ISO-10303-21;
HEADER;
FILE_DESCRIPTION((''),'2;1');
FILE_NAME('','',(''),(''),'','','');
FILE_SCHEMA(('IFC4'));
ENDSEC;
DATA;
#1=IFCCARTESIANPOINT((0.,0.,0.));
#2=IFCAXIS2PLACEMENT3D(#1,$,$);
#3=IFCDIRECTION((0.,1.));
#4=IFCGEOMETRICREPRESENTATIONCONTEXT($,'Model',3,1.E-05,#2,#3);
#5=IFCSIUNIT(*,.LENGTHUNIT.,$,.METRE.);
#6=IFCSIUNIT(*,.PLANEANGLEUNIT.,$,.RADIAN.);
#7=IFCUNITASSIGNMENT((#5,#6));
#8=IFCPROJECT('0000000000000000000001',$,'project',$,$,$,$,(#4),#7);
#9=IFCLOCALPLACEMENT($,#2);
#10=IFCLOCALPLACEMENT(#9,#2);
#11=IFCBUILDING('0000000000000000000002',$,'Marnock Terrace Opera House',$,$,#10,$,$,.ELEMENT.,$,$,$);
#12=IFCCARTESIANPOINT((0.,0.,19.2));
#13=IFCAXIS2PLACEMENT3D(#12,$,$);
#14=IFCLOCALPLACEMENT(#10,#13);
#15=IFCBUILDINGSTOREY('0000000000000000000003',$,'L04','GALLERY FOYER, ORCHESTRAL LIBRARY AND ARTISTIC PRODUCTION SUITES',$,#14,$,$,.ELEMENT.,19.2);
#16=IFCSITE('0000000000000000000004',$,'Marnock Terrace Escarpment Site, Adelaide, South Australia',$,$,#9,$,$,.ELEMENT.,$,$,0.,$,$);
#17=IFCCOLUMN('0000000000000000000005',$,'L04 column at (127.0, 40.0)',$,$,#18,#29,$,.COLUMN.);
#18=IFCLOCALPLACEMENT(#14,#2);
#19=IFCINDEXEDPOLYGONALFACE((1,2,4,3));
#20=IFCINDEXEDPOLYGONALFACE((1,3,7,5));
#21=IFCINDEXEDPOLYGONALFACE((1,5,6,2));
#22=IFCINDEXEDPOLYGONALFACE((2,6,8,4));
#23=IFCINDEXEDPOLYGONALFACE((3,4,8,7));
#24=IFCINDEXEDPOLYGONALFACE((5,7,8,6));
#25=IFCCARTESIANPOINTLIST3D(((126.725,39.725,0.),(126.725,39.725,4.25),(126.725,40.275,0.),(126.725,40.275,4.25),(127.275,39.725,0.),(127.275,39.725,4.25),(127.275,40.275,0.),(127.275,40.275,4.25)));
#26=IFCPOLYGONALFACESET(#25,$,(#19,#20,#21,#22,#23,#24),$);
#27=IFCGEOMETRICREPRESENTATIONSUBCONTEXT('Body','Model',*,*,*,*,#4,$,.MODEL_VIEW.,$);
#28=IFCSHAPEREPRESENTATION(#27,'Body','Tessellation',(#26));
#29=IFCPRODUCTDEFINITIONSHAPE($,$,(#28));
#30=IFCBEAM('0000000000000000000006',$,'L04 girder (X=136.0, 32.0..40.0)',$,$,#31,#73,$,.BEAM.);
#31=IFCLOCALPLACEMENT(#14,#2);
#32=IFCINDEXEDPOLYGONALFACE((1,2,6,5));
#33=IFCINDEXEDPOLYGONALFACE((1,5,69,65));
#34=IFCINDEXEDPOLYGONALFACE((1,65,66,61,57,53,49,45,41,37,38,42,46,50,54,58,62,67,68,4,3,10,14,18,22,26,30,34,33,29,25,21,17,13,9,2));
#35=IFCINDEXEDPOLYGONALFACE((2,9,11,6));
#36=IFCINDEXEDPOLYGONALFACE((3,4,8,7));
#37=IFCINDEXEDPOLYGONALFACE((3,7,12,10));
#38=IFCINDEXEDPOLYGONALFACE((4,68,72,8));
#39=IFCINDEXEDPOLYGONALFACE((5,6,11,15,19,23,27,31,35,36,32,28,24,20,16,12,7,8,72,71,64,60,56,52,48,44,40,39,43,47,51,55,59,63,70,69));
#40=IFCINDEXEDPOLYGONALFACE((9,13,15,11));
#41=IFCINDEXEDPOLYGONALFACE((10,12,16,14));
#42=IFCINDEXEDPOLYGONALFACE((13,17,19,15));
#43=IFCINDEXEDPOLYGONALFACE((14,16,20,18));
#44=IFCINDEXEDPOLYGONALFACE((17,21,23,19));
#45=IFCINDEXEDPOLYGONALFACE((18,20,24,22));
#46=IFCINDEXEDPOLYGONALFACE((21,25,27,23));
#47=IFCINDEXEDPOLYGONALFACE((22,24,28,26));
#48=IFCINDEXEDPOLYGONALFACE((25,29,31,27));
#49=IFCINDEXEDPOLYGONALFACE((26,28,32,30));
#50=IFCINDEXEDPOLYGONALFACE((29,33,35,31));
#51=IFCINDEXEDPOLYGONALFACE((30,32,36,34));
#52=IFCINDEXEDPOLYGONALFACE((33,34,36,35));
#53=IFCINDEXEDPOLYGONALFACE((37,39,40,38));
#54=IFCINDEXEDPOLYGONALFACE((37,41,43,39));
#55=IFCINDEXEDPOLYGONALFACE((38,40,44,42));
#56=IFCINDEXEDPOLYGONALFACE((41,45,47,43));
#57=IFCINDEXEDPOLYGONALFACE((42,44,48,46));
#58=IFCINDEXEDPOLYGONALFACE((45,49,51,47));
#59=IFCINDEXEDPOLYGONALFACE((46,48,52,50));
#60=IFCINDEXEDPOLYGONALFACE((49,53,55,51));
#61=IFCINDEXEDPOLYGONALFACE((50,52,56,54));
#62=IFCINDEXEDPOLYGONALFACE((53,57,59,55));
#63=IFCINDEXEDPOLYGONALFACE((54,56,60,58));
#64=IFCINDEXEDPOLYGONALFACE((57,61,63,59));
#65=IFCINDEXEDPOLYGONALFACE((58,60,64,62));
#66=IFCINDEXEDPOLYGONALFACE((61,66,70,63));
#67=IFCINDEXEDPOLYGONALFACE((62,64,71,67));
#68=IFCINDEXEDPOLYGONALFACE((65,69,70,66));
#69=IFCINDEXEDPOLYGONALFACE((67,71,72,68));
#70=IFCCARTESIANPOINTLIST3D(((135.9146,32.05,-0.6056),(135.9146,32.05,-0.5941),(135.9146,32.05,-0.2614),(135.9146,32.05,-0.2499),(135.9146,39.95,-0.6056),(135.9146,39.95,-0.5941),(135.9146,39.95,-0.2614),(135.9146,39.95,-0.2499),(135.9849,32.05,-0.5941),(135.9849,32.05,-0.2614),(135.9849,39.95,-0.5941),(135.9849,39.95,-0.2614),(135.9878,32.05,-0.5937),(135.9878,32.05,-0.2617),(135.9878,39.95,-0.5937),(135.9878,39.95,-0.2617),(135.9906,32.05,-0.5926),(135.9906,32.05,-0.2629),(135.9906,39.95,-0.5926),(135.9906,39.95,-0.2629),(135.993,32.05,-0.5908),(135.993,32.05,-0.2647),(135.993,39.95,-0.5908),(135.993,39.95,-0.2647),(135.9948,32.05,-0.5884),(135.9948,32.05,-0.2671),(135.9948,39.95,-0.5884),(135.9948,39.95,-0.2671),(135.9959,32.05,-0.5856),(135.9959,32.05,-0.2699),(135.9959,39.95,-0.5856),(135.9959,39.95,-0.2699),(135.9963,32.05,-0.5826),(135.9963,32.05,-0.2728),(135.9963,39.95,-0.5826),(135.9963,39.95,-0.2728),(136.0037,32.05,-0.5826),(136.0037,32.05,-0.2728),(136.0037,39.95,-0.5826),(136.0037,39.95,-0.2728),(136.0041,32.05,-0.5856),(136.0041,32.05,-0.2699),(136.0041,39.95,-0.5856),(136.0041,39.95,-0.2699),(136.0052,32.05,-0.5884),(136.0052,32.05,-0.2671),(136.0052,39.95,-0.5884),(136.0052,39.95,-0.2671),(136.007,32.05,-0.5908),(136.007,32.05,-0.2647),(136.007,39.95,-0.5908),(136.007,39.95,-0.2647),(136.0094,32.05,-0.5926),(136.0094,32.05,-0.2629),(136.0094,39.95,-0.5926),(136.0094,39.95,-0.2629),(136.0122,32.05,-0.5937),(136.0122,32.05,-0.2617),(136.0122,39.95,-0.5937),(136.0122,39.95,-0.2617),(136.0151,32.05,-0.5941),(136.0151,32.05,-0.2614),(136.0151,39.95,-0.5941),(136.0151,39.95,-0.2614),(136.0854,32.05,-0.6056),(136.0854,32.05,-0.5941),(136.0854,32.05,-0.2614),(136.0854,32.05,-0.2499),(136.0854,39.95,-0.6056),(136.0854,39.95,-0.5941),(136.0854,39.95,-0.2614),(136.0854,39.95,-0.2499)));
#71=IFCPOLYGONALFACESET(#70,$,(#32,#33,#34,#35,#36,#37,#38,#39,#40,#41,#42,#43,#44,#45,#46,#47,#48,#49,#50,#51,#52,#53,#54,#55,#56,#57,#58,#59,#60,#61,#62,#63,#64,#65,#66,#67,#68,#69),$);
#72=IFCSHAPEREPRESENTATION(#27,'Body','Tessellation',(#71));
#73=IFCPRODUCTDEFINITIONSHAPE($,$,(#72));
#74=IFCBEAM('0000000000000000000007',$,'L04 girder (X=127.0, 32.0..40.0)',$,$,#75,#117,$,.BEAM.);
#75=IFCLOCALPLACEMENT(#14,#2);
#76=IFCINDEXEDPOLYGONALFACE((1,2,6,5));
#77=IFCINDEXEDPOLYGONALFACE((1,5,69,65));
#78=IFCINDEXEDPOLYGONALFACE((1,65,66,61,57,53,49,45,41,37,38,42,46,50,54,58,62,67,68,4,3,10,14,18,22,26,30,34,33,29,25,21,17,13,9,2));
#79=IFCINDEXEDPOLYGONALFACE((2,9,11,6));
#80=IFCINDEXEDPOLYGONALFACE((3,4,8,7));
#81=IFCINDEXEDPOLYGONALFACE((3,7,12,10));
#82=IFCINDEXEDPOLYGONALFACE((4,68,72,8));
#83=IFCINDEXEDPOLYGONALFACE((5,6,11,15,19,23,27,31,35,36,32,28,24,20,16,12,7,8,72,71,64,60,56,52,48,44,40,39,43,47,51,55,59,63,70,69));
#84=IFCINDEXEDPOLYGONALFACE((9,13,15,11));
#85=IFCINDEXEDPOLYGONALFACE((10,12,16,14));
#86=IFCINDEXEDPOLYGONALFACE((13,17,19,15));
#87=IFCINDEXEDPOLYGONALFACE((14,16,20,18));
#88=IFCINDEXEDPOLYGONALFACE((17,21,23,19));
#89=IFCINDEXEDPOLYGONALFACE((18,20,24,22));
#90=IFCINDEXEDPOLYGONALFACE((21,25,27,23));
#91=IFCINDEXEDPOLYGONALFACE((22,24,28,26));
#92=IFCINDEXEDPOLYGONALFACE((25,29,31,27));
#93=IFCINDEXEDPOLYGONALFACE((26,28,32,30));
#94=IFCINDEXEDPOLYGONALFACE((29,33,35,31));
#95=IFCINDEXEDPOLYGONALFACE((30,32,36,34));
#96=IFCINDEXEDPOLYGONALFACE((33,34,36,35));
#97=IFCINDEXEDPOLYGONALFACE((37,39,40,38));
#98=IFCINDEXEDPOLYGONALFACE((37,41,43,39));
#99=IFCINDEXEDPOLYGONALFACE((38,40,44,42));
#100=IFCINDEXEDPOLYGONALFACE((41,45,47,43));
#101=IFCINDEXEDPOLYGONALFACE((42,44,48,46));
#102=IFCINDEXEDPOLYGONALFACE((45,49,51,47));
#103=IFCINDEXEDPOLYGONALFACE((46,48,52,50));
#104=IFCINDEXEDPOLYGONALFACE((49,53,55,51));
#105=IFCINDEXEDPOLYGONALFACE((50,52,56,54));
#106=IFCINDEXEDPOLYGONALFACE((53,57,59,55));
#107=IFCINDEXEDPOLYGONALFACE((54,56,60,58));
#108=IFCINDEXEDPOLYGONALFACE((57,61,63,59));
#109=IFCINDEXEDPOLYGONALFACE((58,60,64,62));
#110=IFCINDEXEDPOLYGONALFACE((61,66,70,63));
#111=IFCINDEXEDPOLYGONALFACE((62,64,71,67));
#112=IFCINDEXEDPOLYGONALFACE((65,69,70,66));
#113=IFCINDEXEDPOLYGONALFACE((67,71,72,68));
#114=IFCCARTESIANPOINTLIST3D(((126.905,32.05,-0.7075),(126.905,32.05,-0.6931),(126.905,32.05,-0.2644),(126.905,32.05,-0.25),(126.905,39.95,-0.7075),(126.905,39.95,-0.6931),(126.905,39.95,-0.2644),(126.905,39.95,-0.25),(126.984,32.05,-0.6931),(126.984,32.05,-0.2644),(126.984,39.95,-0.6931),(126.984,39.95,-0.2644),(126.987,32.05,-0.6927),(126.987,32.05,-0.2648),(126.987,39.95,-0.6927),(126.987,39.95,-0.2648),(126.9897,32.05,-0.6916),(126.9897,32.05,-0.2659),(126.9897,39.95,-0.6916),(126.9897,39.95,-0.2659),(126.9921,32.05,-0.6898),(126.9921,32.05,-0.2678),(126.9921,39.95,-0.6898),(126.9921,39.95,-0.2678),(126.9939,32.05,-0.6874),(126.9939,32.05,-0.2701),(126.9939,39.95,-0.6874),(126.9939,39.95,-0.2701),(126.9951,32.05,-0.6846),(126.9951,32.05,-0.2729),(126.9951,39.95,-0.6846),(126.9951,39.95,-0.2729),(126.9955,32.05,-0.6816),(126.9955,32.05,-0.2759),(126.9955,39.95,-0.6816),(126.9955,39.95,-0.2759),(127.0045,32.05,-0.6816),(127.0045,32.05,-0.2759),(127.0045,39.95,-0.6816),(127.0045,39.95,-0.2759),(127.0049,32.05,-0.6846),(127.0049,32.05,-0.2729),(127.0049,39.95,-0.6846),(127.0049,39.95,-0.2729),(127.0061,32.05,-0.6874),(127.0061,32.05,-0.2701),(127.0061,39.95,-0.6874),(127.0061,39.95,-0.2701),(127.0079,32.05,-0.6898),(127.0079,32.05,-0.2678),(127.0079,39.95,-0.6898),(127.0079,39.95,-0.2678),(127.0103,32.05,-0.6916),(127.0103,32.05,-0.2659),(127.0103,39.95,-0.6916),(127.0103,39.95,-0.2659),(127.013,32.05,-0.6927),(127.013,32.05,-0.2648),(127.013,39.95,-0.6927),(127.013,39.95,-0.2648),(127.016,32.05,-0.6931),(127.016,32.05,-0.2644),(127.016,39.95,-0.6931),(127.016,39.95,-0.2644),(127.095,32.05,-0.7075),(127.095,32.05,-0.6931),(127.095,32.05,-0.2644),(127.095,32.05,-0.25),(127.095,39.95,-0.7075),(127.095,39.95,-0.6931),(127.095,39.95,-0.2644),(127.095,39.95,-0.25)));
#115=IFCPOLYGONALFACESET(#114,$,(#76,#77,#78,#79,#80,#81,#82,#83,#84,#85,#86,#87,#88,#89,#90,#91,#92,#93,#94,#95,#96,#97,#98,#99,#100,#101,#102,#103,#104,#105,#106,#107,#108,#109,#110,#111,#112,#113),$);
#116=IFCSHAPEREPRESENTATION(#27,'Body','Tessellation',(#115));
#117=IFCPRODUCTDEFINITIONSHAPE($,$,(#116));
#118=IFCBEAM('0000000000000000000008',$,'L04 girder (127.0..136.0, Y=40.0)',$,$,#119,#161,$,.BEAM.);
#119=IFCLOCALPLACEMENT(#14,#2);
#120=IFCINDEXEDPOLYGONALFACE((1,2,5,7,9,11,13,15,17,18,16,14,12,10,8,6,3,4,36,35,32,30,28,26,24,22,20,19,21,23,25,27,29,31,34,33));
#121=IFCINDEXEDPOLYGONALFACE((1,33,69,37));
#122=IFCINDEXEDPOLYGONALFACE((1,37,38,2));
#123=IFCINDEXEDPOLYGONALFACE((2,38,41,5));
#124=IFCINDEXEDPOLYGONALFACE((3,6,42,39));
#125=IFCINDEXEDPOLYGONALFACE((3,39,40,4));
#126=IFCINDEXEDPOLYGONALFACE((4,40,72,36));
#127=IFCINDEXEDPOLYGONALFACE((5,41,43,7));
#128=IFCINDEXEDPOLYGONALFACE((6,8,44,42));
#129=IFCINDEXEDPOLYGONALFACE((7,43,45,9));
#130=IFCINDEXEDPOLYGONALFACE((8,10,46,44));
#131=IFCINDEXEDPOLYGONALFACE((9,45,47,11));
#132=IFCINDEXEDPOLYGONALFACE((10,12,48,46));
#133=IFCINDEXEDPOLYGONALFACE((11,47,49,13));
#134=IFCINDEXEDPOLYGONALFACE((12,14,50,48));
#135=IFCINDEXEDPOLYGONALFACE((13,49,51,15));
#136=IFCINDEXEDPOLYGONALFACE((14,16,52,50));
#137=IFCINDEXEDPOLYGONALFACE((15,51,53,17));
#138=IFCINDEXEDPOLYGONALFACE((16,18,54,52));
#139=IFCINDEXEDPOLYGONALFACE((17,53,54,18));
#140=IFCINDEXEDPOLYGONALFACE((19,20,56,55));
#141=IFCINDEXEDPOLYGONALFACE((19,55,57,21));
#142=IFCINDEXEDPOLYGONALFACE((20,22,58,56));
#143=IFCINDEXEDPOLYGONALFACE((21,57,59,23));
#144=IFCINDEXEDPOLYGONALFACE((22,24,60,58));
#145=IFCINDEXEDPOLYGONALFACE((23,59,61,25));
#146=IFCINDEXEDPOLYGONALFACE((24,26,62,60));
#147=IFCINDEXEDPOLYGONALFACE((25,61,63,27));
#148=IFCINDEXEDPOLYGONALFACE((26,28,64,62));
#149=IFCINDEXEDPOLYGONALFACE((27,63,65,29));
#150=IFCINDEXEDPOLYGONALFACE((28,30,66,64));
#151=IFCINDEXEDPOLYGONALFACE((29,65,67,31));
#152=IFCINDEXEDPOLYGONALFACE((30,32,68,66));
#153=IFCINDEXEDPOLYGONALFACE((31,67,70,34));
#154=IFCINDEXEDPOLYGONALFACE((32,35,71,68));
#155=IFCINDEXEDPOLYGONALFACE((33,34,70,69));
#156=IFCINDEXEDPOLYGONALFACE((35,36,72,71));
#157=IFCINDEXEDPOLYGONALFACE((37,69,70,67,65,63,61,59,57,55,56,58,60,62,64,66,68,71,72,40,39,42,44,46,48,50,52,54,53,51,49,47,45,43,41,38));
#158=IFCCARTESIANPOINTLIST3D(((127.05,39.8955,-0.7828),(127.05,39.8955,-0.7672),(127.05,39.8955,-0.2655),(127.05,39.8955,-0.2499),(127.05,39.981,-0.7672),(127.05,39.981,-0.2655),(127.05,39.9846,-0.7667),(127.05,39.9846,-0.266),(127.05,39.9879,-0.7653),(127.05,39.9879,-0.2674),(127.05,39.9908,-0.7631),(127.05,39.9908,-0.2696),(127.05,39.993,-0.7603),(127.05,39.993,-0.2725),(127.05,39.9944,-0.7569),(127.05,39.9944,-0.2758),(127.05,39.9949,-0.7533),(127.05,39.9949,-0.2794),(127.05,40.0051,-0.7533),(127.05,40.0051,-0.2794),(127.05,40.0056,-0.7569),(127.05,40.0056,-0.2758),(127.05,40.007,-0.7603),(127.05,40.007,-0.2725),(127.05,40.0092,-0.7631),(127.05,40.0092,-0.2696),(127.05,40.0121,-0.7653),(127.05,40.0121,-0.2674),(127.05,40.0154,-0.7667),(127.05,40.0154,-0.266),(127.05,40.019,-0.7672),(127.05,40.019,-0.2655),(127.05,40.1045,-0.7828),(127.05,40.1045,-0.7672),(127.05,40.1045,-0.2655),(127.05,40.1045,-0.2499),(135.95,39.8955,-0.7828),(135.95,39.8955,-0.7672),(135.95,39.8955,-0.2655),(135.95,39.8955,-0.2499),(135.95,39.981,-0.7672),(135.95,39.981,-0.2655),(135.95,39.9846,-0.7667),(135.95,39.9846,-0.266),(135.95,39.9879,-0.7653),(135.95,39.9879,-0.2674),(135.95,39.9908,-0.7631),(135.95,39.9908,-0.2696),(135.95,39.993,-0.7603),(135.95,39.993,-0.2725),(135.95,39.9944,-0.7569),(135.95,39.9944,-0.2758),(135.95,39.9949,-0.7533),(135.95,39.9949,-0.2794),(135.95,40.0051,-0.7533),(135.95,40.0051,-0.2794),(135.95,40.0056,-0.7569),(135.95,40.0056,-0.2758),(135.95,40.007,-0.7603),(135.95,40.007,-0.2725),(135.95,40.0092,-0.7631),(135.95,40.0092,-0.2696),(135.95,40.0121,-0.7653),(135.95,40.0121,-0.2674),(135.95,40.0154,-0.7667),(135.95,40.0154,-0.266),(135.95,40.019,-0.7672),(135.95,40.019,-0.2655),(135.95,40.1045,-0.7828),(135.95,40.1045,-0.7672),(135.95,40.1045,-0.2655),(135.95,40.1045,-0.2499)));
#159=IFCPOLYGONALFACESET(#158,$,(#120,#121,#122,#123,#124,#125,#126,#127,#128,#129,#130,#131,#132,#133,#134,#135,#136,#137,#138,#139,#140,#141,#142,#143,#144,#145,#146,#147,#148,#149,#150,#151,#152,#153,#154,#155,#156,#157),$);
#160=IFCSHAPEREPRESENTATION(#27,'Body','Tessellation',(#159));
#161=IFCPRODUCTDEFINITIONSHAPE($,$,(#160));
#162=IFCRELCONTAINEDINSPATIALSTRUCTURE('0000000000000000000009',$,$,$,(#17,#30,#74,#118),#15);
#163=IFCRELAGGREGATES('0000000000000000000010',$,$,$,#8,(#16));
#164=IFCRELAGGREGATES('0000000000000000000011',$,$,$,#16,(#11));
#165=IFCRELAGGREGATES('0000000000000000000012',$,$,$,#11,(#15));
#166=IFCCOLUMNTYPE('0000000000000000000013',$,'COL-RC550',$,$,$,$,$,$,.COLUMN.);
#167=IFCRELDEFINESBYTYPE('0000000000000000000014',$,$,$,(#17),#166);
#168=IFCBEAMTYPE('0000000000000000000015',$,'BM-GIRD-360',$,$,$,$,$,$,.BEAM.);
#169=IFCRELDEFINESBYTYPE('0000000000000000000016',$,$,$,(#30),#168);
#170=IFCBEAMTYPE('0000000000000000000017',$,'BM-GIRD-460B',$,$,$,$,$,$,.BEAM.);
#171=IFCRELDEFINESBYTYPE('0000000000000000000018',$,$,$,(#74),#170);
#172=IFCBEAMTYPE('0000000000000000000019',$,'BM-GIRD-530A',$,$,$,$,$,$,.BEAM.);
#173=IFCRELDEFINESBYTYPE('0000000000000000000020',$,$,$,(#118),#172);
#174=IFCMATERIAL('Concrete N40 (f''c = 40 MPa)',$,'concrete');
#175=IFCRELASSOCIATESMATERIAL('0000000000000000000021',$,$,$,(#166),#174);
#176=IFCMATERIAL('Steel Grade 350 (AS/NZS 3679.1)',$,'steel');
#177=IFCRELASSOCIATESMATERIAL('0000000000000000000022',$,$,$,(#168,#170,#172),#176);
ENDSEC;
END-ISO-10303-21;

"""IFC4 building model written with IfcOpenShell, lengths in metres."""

from ifc_helpers import new_model, si_unit, direction, frame, origin, origin_2d, place, context, subcontext, project, spatial, rectangle, i_section, extrude, material, material_profile, profile_set, type_object, element, save


model = new_model("IFC4")

# Units and contexts
model_context = context("Model", 3, precision=1e-05, world=origin(), true_north=direction((0.0, 1.0)))
body_context = subcontext(model_context, "Body", "Model", "MODEL_VIEW")
ifc_project = project(units=[si_unit("LENGTHUNIT", "METRE"), si_unit("PLANEANGLEUNIT", "RADIAN")], contexts=[model_context])

# Site, building, storey
site_placement = place(None, origin())
site = spatial("IfcSite", under=ifc_project, at=site_placement, Name="Marnock Terrace Escarpment Site, Adelaide, South Australia", CompositionType="ELEMENT", RefElevation=0.0)
building_placement = place(site_placement, origin())
building = spatial("IfcBuilding", under=site, at=building_placement, Name="Marnock Terrace Opera House", CompositionType="ELEMENT")
storey_placement = place(building_placement, frame((0.0, 0.0, 19.2)))
storey = spatial("IfcBuildingStorey", under=building, at=storey_placement, Name="L04", Description="GALLERY FOYER, ORCHESTRAL LIBRARY AND ARTISTIC PRODUCTION SUITES", CompositionType="ELEMENT", Elevation=19.2)

# Column
ifc_material_1 = material(Name="Concrete N40 (f'c = 40 MPa)", Category="concrete")
ifc_material_profile_1 = material_profile(ifc_material_1, rectangle(XDim=0.55, YDim=0.55, at=origin_2d()))
ifc_profile_set_1 = profile_set([ifc_material_profile_1], Name="Concrete N40 (f'c = 40 MPa)")
column_type = type_object("IfcColumnType", Name="COL-RC550", PredefinedType="COLUMN", material=ifc_profile_set_1)
column_placement = place(storey_placement, frame((127.0, 40.0, 0.0), z_axis=(0.0, 0.0, 1.0), x_axis=(1.0, 0.0, 0.0)))
element("IfcColumn", 1, at=column_placement, inside=storey, type_object=column_type, Name="L04 column at (127.0, 40.0)", PredefinedType="COLUMN", context=body_context, shape_type="SweptSolid", body=[
    extrude(rectangle(XDim=0.55, YDim=0.55, at=origin_2d()), origin(), (0.0, 0.0, 1.0), 4.25),
])

# Beams
ifc_material_2 = material(Name="Steel Grade 350 (AS/NZS 3679.1)", Category="steel")
ifc_material_profile_2 = material_profile(ifc_material_2, i_section(OverallWidth=0.1709, OverallDepth=0.3557, WebThickness=0.0073, FlangeThickness=0.0115, FilletRadius=0.0115, at=origin_2d()))
ifc_profile_set_2 = profile_set([ifc_material_profile_2], Name="Steel Grade 350 (AS/NZS 3679.1)")
beam_type_1 = type_object("IfcBeamType", Name="BM-GIRD-360", PredefinedType="BEAM", material=ifc_profile_set_2)
beam_1_placement = place(storey_placement, frame((136.0, 32.05, -0.4277), z_axis=(0.0, 1.0, 0.0), x_axis=(-1.0, 0.0, 0.0)))
element("IfcBeam", 2, at=beam_1_placement, inside=storey, type_object=beam_type_1, Name="L04 girder (X=136.0, 32.0..40.0)", PredefinedType="BEAM", context=body_context, shape_type="SweptSolid", body=[
    extrude(i_section(OverallWidth=0.1709, OverallDepth=0.3557, WebThickness=0.0073, FlangeThickness=0.0115, FilletRadius=0.0115, at=origin_2d()), origin(), (0.0, 0.0, 1.0), 7.8999),
])
ifc_material_profile_3 = material_profile(ifc_material_2, i_section(OverallWidth=0.1899, OverallDepth=0.4575, WebThickness=0.009, FlangeThickness=0.0144, FilletRadius=0.0115, at=origin_2d()))
ifc_profile_set_3 = profile_set([ifc_material_profile_3], Name="Steel Grade 350 (AS/NZS 3679.1)")
beam_type_2 = type_object("IfcBeamType", Name="BM-GIRD-460B", PredefinedType="BEAM", material=ifc_profile_set_3)
beam_2_placement = place(storey_placement, frame((127.0, 32.05, -0.4788), z_axis=(0.0, 1.0, 0.0), x_axis=(-1.0, 0.0, 0.0)))
element("IfcBeam", 3, at=beam_2_placement, inside=storey, type_object=beam_type_2, Name="L04 girder (X=127.0, 32.0..40.0)", PredefinedType="BEAM", context=body_context, shape_type="SweptSolid", body=[
    extrude(i_section(OverallWidth=0.1899, OverallDepth=0.4575, WebThickness=0.009, FlangeThickness=0.0144, FilletRadius=0.0115, at=origin_2d()), origin(), (0.0, 0.0, 1.0), 7.8999),
])
ifc_material_profile_4 = material_profile(ifc_material_2, i_section(OverallWidth=0.209, OverallDepth=0.533, WebThickness=0.0103, FlangeThickness=0.0156, FilletRadius=0.0139, at=origin_2d()))
ifc_profile_set_4 = profile_set([ifc_material_profile_4], Name="Steel Grade 350 (AS/NZS 3679.1)")
beam_type_3 = type_object("IfcBeamType", Name="BM-GIRD-530A", PredefinedType="BEAM", material=ifc_profile_set_4)
beam_3_placement = place(storey_placement, frame((127.05, 40.0, -0.5164), z_axis=(1.0, 0.0, 0.0), x_axis=(0.0, 1.0, 0.0)))
element("IfcBeam", 4, at=beam_3_placement, inside=storey, type_object=beam_type_3, Name="L04 girder (127.0..136.0, Y=40.0)", PredefinedType="BEAM", context=body_context, shape_type="SweptSolid", body=[
    extrude(i_section(OverallWidth=0.209, OverallDepth=0.533, WebThickness=0.0103, FlangeThickness=0.0156, FilletRadius=0.0139, at=origin_2d()), origin(), (0.0, 0.0, 1.0), 8.8999),
])

save(model, "model.ifc")
